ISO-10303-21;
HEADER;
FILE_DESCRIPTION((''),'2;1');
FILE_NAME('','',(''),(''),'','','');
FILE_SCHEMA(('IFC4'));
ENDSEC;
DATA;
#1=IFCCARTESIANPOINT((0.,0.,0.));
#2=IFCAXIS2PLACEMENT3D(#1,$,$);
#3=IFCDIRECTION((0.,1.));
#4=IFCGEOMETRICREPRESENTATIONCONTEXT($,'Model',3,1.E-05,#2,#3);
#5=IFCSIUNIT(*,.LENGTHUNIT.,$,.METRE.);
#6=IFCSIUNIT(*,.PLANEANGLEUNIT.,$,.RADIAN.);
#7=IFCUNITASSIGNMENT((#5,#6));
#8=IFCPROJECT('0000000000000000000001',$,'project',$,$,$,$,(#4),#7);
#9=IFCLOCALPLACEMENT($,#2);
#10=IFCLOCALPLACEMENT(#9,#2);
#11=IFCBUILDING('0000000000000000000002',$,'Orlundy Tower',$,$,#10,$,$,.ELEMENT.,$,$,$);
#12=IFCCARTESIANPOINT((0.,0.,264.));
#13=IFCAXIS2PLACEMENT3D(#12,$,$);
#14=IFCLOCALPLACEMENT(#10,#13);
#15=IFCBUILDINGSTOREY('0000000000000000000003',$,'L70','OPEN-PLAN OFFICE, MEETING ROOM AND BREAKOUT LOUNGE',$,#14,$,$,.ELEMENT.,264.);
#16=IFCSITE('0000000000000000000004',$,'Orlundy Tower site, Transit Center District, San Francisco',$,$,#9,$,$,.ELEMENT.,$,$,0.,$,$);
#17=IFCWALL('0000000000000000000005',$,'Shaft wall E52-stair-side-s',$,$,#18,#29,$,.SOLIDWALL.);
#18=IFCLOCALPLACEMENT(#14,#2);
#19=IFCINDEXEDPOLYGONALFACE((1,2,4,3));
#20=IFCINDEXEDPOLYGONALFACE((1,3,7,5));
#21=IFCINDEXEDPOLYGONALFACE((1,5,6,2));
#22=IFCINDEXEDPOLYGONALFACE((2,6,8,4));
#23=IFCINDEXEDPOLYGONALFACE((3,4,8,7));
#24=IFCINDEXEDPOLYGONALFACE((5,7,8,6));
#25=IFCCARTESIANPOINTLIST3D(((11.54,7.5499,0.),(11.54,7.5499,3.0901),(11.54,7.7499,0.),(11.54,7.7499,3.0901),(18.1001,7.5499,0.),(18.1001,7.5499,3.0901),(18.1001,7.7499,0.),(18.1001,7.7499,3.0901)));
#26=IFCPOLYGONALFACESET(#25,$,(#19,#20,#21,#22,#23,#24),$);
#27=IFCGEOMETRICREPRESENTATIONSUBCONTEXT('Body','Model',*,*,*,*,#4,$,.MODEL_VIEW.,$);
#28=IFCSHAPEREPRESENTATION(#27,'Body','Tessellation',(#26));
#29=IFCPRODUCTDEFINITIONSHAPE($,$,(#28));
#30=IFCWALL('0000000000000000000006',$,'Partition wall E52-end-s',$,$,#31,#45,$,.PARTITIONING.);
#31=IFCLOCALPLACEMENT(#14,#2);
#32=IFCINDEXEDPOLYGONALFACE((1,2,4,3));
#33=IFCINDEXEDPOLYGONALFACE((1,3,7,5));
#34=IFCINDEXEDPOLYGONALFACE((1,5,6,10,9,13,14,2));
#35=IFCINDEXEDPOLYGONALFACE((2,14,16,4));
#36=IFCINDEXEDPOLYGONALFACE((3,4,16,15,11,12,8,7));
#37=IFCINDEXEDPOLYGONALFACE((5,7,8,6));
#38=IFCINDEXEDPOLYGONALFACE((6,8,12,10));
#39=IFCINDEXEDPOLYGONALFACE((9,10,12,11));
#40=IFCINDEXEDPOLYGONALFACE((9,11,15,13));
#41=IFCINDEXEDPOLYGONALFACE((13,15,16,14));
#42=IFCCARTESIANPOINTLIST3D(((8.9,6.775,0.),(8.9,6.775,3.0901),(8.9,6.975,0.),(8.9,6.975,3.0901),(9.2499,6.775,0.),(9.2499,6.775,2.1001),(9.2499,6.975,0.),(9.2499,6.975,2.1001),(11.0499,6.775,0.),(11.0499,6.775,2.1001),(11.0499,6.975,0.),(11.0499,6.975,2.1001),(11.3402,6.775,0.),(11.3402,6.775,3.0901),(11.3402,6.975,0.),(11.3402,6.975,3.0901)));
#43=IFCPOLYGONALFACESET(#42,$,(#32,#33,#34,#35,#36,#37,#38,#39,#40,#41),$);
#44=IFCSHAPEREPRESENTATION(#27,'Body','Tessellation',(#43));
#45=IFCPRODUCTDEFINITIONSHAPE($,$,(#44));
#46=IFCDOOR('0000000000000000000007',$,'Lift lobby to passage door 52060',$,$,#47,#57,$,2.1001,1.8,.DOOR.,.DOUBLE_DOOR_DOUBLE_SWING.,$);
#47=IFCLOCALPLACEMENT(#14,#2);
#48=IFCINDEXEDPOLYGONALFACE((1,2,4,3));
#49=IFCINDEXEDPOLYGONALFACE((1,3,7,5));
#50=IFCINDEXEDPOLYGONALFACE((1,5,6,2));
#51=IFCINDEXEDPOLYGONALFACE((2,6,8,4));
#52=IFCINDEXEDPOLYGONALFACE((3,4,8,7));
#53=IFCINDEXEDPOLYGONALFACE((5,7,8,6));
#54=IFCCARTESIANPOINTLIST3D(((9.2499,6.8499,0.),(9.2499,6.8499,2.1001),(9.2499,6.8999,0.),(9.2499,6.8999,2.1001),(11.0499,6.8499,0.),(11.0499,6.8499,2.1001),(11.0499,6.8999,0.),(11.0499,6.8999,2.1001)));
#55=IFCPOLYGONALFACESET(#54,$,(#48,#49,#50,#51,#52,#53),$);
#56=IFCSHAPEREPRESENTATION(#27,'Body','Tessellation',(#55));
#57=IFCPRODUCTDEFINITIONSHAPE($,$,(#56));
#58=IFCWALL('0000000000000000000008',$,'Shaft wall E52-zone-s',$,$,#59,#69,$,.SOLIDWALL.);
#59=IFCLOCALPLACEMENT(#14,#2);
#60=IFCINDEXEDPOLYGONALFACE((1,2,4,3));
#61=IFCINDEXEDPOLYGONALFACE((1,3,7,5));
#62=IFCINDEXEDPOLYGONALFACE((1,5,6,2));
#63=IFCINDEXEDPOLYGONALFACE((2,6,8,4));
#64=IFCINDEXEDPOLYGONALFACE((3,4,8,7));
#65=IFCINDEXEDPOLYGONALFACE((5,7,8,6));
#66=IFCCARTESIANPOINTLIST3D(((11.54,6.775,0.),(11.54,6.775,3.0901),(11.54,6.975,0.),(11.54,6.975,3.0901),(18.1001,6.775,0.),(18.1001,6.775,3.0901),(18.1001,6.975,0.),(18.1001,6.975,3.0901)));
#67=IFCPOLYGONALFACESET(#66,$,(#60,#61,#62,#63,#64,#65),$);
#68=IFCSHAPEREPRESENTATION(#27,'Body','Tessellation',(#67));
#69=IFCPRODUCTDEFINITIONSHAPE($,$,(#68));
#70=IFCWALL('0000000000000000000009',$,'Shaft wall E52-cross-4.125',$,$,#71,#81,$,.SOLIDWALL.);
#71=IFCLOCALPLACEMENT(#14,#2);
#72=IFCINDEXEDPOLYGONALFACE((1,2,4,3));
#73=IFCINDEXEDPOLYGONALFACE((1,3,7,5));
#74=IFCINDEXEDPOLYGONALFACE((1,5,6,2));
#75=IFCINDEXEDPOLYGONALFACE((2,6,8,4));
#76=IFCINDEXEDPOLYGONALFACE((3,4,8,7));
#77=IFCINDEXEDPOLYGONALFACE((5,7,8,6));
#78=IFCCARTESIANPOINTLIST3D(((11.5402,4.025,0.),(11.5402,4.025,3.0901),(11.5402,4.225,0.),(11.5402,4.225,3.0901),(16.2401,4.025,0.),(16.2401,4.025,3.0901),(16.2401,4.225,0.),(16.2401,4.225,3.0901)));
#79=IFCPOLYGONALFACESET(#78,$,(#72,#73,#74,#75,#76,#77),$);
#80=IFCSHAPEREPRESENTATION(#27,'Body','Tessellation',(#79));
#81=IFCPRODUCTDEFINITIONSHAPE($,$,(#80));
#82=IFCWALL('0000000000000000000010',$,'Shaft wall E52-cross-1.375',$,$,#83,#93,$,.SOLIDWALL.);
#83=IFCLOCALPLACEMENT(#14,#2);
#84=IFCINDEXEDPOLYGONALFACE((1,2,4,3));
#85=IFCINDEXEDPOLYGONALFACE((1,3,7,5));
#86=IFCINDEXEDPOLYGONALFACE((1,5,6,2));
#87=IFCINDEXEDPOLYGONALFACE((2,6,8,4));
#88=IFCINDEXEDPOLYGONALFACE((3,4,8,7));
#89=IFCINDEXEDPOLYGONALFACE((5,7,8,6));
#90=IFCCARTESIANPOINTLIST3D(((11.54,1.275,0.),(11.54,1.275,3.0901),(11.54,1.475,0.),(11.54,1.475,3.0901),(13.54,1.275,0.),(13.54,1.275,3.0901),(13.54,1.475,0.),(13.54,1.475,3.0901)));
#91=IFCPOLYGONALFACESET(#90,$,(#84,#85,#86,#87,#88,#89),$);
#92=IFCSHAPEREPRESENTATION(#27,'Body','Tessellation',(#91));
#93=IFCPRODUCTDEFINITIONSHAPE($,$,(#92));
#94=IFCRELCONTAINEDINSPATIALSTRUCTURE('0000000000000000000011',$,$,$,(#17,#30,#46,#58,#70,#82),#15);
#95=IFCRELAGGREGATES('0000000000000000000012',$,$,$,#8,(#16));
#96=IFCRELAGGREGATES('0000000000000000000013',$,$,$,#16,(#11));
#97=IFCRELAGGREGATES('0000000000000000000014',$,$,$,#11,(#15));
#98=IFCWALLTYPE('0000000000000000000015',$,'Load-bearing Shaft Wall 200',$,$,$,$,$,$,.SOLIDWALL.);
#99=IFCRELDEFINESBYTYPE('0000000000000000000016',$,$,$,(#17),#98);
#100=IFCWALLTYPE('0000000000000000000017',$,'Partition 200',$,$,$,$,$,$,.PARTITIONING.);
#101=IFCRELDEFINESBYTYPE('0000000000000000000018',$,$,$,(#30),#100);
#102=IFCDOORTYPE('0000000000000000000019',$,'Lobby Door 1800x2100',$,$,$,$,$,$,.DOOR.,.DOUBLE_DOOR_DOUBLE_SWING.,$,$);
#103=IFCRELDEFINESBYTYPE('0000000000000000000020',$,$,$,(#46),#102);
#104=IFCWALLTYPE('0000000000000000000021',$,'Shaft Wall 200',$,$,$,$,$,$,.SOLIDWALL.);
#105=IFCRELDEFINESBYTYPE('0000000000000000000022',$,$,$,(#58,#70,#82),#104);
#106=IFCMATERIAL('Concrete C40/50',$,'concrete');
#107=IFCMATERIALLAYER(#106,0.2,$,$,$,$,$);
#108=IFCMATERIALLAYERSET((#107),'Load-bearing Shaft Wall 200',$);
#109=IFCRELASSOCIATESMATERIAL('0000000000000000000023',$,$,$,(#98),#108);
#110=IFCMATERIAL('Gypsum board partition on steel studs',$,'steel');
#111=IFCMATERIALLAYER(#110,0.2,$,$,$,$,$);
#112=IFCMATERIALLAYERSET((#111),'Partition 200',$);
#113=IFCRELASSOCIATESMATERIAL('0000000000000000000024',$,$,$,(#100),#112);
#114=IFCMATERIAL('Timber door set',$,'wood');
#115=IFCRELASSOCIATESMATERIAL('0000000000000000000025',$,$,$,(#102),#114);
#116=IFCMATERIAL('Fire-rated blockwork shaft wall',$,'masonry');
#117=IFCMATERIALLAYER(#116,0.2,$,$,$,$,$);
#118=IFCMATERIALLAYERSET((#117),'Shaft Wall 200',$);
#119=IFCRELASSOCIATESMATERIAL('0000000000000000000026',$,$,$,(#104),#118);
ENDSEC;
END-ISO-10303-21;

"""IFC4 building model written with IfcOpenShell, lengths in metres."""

from ifc_helpers import new_model, si_unit, direction, frame, frame_2d, origin, place, context, subcontext, project, spatial, rectangle, extrude, material, layer, layer_set, type_object, element, fill, save


model = new_model("IFC4")

# Units and contexts
model_context = context("Model", 3, precision=1e-05, world=origin(), true_north=direction((0.0, 1.0)))
body_context = subcontext(model_context, "Body", "Model", "MODEL_VIEW")
ifc_project = project(units=[si_unit("LENGTHUNIT", "METRE"), si_unit("PLANEANGLEUNIT", "RADIAN")], contexts=[model_context])

# Site, building, storey
site_placement = place(None, origin())
site = spatial("IfcSite", under=ifc_project, at=site_placement, Name="Orlundy Tower site, Transit Center District, San Francisco", CompositionType="ELEMENT", RefElevation=0.0)
building_placement = place(site_placement, origin())
building = spatial("IfcBuilding", under=site, at=building_placement, Name="Orlundy Tower", CompositionType="ELEMENT")
storey_placement = place(building_placement, frame((0.0, 0.0, 264.0)))
storey = spatial("IfcBuildingStorey", under=building, at=storey_placement, Name="L70", Description="OPEN-PLAN OFFICE, MEETING ROOM AND BREAKOUT LOUNGE", CompositionType="ELEMENT", Elevation=264.0)

# Wall
ifc_material_1 = material(Name="Concrete C40/50", Category="concrete")
ifc_layer_1 = layer(ifc_material_1, 0.2)
ifc_layer_set_1 = layer_set([ifc_layer_1], Name="Load-bearing Shaft Wall 200")
wall_type_1 = type_object("IfcWallType", Name="Load-bearing Shaft Wall 200", PredefinedType="SOLIDWALL", material=ifc_layer_set_1)
wall_1_placement = place(storey_placement, frame((11.54, 7.6499, 0.0), z_axis=(0.0, 0.0, 1.0), x_axis=(1.0, 0.0, 0.0)))
element("IfcWall", 1, at=wall_1_placement, inside=storey, type_object=wall_type_1, Name="Shaft wall E52-stair-side-s", PredefinedType="SOLIDWALL", context=body_context, shape_type="SweptSolid", body=[
    extrude(rectangle(XDim=6.5601, YDim=0.2, at=frame_2d((3.28, 0.0))), origin(), (0.0, 0.0, 1.0), 3.0901),
])

# Wall, opening, door
ifc_material_2 = material(Name="Gypsum board partition on steel studs", Category="steel")
ifc_layer_2 = layer(ifc_material_2, 0.2)
ifc_layer_set_2 = layer_set([ifc_layer_2], Name="Partition 200")
wall_type_2 = type_object("IfcWallType", Name="Partition 200", PredefinedType="PARTITIONING", material=ifc_layer_set_2)
wall_2_placement = place(storey_placement, frame((8.8999, 6.875, 0.0), z_axis=(0.0, 0.0, 1.0), x_axis=(1.0, 0.0, 0.0)))
wall_2 = element("IfcWall", 2, at=wall_2_placement, inside=storey, type_object=wall_type_2, Name="Partition wall E52-end-s", PredefinedType="PARTITIONING", context=body_context, shape_type="SweptSolid", body=[
    extrude(rectangle(XDim=2.4402, YDim=0.2, at=frame_2d((1.2202, 0.0))), origin(), (0.0, 0.0, 1.0), 3.0901),
])
opening_1_placement = place(wall_2_placement, frame((0.3501, 0.0, 0.0)))
opening_1 = element("IfcOpeningElement", 3, at=opening_1_placement, cuts=wall_2, PredefinedType="OPENING", context=body_context, shape_type="SweptSolid", body=[
    extrude(rectangle(XDim=1.8, YDim=2.1001, at=frame_2d((0.8999, 1.05))), frame((0.0, 0.1101, 0.0), z_axis=(0.0, -1.0, 0.0), x_axis=(1.0, 0.0, 0.0)), (0.0, 0.0, 1.0), 0.2202),
])
ifc_material_3 = material(Name="Timber door set", Category="wood")
door_type_1 = type_object("IfcDoorType", Name="Lobby Door 1800x2100", OperationType="DOUBLE_DOOR_DOUBLE_SWING", PredefinedType="DOOR", material=ifc_material_3)
door_1_placement = place(opening_1_placement, origin())
door_1 = element("IfcDoor", 4, at=door_1_placement, inside=storey, type_object=door_type_1, Name="Lift lobby to passage door 52060", OperationType="DOUBLE_DOOR_DOUBLE_SWING", OverallHeight=2.1001, OverallWidth=1.8, PredefinedType="DOOR", context=body_context, shape_type="SweptSolid", body=[
    extrude(rectangle(XDim=1.8, YDim=2.1001, at=frame_2d((0.8999, 1.05))), frame((0.0, 0.0249, 0.0), z_axis=(0.0, -1.0, 0.0), x_axis=(1.0, 0.0, 0.0)), (0.0, 0.0, 1.0), 0.05),
])
fill(opening_1, door_1)

# Walls
ifc_material_4 = material(Name="Fire-rated blockwork shaft wall", Category="masonry")
ifc_layer_3 = layer(ifc_material_4, 0.2)
ifc_layer_set_3 = layer_set([ifc_layer_3], Name="Shaft Wall 200")
wall_type_3 = type_object("IfcWallType", Name="Shaft Wall 200", PredefinedType="SOLIDWALL", material=ifc_layer_set_3)
wall_3_placement = place(storey_placement, frame((11.54, 6.875, 0.0), z_axis=(0.0, 0.0, 1.0), x_axis=(1.0, 0.0, 0.0)))
element("IfcWall", 5, at=wall_3_placement, inside=storey, type_object=wall_type_3, Name="Shaft wall E52-zone-s", PredefinedType="SOLIDWALL", context=body_context, shape_type="SweptSolid", body=[
    extrude(rectangle(XDim=6.5601, YDim=0.2, at=frame_2d((3.28, 0.0))), origin(), (0.0, 0.0, 1.0), 3.0901),
])
wall_4_placement = place(storey_placement, frame((11.54, 4.125, 0.0), z_axis=(0.0, 0.0, 1.0), x_axis=(1.0, 0.0, 0.0)))
element("IfcWall", 6, at=wall_4_placement, inside=storey, type_object=wall_type_3, Name="Shaft wall E52-cross-4.125", PredefinedType="SOLIDWALL", context=body_context, shape_type="SweptSolid", body=[
    extrude(rectangle(XDim=4.7, YDim=0.2, at=frame_2d((2.3501, 0.0))), origin(), (0.0, 0.0, 1.0), 3.0901),
])
wall_5_placement = place(storey_placement, frame((11.54, 1.375, 0.0), z_axis=(0.0, 0.0, 1.0), x_axis=(1.0, 0.0, 0.0)))
element("IfcWall", 7, at=wall_5_placement, inside=storey, type_object=wall_type_3, Name="Shaft wall E52-cross-1.375", PredefinedType="SOLIDWALL", context=body_context, shape_type="SweptSolid", body=[
    extrude(rectangle(XDim=2.0, YDim=0.2, at=frame_2d((1.0, 0.0))), origin(), (0.0, 0.0, 1.0), 3.0901),
])

save(model, "model.ifc")
